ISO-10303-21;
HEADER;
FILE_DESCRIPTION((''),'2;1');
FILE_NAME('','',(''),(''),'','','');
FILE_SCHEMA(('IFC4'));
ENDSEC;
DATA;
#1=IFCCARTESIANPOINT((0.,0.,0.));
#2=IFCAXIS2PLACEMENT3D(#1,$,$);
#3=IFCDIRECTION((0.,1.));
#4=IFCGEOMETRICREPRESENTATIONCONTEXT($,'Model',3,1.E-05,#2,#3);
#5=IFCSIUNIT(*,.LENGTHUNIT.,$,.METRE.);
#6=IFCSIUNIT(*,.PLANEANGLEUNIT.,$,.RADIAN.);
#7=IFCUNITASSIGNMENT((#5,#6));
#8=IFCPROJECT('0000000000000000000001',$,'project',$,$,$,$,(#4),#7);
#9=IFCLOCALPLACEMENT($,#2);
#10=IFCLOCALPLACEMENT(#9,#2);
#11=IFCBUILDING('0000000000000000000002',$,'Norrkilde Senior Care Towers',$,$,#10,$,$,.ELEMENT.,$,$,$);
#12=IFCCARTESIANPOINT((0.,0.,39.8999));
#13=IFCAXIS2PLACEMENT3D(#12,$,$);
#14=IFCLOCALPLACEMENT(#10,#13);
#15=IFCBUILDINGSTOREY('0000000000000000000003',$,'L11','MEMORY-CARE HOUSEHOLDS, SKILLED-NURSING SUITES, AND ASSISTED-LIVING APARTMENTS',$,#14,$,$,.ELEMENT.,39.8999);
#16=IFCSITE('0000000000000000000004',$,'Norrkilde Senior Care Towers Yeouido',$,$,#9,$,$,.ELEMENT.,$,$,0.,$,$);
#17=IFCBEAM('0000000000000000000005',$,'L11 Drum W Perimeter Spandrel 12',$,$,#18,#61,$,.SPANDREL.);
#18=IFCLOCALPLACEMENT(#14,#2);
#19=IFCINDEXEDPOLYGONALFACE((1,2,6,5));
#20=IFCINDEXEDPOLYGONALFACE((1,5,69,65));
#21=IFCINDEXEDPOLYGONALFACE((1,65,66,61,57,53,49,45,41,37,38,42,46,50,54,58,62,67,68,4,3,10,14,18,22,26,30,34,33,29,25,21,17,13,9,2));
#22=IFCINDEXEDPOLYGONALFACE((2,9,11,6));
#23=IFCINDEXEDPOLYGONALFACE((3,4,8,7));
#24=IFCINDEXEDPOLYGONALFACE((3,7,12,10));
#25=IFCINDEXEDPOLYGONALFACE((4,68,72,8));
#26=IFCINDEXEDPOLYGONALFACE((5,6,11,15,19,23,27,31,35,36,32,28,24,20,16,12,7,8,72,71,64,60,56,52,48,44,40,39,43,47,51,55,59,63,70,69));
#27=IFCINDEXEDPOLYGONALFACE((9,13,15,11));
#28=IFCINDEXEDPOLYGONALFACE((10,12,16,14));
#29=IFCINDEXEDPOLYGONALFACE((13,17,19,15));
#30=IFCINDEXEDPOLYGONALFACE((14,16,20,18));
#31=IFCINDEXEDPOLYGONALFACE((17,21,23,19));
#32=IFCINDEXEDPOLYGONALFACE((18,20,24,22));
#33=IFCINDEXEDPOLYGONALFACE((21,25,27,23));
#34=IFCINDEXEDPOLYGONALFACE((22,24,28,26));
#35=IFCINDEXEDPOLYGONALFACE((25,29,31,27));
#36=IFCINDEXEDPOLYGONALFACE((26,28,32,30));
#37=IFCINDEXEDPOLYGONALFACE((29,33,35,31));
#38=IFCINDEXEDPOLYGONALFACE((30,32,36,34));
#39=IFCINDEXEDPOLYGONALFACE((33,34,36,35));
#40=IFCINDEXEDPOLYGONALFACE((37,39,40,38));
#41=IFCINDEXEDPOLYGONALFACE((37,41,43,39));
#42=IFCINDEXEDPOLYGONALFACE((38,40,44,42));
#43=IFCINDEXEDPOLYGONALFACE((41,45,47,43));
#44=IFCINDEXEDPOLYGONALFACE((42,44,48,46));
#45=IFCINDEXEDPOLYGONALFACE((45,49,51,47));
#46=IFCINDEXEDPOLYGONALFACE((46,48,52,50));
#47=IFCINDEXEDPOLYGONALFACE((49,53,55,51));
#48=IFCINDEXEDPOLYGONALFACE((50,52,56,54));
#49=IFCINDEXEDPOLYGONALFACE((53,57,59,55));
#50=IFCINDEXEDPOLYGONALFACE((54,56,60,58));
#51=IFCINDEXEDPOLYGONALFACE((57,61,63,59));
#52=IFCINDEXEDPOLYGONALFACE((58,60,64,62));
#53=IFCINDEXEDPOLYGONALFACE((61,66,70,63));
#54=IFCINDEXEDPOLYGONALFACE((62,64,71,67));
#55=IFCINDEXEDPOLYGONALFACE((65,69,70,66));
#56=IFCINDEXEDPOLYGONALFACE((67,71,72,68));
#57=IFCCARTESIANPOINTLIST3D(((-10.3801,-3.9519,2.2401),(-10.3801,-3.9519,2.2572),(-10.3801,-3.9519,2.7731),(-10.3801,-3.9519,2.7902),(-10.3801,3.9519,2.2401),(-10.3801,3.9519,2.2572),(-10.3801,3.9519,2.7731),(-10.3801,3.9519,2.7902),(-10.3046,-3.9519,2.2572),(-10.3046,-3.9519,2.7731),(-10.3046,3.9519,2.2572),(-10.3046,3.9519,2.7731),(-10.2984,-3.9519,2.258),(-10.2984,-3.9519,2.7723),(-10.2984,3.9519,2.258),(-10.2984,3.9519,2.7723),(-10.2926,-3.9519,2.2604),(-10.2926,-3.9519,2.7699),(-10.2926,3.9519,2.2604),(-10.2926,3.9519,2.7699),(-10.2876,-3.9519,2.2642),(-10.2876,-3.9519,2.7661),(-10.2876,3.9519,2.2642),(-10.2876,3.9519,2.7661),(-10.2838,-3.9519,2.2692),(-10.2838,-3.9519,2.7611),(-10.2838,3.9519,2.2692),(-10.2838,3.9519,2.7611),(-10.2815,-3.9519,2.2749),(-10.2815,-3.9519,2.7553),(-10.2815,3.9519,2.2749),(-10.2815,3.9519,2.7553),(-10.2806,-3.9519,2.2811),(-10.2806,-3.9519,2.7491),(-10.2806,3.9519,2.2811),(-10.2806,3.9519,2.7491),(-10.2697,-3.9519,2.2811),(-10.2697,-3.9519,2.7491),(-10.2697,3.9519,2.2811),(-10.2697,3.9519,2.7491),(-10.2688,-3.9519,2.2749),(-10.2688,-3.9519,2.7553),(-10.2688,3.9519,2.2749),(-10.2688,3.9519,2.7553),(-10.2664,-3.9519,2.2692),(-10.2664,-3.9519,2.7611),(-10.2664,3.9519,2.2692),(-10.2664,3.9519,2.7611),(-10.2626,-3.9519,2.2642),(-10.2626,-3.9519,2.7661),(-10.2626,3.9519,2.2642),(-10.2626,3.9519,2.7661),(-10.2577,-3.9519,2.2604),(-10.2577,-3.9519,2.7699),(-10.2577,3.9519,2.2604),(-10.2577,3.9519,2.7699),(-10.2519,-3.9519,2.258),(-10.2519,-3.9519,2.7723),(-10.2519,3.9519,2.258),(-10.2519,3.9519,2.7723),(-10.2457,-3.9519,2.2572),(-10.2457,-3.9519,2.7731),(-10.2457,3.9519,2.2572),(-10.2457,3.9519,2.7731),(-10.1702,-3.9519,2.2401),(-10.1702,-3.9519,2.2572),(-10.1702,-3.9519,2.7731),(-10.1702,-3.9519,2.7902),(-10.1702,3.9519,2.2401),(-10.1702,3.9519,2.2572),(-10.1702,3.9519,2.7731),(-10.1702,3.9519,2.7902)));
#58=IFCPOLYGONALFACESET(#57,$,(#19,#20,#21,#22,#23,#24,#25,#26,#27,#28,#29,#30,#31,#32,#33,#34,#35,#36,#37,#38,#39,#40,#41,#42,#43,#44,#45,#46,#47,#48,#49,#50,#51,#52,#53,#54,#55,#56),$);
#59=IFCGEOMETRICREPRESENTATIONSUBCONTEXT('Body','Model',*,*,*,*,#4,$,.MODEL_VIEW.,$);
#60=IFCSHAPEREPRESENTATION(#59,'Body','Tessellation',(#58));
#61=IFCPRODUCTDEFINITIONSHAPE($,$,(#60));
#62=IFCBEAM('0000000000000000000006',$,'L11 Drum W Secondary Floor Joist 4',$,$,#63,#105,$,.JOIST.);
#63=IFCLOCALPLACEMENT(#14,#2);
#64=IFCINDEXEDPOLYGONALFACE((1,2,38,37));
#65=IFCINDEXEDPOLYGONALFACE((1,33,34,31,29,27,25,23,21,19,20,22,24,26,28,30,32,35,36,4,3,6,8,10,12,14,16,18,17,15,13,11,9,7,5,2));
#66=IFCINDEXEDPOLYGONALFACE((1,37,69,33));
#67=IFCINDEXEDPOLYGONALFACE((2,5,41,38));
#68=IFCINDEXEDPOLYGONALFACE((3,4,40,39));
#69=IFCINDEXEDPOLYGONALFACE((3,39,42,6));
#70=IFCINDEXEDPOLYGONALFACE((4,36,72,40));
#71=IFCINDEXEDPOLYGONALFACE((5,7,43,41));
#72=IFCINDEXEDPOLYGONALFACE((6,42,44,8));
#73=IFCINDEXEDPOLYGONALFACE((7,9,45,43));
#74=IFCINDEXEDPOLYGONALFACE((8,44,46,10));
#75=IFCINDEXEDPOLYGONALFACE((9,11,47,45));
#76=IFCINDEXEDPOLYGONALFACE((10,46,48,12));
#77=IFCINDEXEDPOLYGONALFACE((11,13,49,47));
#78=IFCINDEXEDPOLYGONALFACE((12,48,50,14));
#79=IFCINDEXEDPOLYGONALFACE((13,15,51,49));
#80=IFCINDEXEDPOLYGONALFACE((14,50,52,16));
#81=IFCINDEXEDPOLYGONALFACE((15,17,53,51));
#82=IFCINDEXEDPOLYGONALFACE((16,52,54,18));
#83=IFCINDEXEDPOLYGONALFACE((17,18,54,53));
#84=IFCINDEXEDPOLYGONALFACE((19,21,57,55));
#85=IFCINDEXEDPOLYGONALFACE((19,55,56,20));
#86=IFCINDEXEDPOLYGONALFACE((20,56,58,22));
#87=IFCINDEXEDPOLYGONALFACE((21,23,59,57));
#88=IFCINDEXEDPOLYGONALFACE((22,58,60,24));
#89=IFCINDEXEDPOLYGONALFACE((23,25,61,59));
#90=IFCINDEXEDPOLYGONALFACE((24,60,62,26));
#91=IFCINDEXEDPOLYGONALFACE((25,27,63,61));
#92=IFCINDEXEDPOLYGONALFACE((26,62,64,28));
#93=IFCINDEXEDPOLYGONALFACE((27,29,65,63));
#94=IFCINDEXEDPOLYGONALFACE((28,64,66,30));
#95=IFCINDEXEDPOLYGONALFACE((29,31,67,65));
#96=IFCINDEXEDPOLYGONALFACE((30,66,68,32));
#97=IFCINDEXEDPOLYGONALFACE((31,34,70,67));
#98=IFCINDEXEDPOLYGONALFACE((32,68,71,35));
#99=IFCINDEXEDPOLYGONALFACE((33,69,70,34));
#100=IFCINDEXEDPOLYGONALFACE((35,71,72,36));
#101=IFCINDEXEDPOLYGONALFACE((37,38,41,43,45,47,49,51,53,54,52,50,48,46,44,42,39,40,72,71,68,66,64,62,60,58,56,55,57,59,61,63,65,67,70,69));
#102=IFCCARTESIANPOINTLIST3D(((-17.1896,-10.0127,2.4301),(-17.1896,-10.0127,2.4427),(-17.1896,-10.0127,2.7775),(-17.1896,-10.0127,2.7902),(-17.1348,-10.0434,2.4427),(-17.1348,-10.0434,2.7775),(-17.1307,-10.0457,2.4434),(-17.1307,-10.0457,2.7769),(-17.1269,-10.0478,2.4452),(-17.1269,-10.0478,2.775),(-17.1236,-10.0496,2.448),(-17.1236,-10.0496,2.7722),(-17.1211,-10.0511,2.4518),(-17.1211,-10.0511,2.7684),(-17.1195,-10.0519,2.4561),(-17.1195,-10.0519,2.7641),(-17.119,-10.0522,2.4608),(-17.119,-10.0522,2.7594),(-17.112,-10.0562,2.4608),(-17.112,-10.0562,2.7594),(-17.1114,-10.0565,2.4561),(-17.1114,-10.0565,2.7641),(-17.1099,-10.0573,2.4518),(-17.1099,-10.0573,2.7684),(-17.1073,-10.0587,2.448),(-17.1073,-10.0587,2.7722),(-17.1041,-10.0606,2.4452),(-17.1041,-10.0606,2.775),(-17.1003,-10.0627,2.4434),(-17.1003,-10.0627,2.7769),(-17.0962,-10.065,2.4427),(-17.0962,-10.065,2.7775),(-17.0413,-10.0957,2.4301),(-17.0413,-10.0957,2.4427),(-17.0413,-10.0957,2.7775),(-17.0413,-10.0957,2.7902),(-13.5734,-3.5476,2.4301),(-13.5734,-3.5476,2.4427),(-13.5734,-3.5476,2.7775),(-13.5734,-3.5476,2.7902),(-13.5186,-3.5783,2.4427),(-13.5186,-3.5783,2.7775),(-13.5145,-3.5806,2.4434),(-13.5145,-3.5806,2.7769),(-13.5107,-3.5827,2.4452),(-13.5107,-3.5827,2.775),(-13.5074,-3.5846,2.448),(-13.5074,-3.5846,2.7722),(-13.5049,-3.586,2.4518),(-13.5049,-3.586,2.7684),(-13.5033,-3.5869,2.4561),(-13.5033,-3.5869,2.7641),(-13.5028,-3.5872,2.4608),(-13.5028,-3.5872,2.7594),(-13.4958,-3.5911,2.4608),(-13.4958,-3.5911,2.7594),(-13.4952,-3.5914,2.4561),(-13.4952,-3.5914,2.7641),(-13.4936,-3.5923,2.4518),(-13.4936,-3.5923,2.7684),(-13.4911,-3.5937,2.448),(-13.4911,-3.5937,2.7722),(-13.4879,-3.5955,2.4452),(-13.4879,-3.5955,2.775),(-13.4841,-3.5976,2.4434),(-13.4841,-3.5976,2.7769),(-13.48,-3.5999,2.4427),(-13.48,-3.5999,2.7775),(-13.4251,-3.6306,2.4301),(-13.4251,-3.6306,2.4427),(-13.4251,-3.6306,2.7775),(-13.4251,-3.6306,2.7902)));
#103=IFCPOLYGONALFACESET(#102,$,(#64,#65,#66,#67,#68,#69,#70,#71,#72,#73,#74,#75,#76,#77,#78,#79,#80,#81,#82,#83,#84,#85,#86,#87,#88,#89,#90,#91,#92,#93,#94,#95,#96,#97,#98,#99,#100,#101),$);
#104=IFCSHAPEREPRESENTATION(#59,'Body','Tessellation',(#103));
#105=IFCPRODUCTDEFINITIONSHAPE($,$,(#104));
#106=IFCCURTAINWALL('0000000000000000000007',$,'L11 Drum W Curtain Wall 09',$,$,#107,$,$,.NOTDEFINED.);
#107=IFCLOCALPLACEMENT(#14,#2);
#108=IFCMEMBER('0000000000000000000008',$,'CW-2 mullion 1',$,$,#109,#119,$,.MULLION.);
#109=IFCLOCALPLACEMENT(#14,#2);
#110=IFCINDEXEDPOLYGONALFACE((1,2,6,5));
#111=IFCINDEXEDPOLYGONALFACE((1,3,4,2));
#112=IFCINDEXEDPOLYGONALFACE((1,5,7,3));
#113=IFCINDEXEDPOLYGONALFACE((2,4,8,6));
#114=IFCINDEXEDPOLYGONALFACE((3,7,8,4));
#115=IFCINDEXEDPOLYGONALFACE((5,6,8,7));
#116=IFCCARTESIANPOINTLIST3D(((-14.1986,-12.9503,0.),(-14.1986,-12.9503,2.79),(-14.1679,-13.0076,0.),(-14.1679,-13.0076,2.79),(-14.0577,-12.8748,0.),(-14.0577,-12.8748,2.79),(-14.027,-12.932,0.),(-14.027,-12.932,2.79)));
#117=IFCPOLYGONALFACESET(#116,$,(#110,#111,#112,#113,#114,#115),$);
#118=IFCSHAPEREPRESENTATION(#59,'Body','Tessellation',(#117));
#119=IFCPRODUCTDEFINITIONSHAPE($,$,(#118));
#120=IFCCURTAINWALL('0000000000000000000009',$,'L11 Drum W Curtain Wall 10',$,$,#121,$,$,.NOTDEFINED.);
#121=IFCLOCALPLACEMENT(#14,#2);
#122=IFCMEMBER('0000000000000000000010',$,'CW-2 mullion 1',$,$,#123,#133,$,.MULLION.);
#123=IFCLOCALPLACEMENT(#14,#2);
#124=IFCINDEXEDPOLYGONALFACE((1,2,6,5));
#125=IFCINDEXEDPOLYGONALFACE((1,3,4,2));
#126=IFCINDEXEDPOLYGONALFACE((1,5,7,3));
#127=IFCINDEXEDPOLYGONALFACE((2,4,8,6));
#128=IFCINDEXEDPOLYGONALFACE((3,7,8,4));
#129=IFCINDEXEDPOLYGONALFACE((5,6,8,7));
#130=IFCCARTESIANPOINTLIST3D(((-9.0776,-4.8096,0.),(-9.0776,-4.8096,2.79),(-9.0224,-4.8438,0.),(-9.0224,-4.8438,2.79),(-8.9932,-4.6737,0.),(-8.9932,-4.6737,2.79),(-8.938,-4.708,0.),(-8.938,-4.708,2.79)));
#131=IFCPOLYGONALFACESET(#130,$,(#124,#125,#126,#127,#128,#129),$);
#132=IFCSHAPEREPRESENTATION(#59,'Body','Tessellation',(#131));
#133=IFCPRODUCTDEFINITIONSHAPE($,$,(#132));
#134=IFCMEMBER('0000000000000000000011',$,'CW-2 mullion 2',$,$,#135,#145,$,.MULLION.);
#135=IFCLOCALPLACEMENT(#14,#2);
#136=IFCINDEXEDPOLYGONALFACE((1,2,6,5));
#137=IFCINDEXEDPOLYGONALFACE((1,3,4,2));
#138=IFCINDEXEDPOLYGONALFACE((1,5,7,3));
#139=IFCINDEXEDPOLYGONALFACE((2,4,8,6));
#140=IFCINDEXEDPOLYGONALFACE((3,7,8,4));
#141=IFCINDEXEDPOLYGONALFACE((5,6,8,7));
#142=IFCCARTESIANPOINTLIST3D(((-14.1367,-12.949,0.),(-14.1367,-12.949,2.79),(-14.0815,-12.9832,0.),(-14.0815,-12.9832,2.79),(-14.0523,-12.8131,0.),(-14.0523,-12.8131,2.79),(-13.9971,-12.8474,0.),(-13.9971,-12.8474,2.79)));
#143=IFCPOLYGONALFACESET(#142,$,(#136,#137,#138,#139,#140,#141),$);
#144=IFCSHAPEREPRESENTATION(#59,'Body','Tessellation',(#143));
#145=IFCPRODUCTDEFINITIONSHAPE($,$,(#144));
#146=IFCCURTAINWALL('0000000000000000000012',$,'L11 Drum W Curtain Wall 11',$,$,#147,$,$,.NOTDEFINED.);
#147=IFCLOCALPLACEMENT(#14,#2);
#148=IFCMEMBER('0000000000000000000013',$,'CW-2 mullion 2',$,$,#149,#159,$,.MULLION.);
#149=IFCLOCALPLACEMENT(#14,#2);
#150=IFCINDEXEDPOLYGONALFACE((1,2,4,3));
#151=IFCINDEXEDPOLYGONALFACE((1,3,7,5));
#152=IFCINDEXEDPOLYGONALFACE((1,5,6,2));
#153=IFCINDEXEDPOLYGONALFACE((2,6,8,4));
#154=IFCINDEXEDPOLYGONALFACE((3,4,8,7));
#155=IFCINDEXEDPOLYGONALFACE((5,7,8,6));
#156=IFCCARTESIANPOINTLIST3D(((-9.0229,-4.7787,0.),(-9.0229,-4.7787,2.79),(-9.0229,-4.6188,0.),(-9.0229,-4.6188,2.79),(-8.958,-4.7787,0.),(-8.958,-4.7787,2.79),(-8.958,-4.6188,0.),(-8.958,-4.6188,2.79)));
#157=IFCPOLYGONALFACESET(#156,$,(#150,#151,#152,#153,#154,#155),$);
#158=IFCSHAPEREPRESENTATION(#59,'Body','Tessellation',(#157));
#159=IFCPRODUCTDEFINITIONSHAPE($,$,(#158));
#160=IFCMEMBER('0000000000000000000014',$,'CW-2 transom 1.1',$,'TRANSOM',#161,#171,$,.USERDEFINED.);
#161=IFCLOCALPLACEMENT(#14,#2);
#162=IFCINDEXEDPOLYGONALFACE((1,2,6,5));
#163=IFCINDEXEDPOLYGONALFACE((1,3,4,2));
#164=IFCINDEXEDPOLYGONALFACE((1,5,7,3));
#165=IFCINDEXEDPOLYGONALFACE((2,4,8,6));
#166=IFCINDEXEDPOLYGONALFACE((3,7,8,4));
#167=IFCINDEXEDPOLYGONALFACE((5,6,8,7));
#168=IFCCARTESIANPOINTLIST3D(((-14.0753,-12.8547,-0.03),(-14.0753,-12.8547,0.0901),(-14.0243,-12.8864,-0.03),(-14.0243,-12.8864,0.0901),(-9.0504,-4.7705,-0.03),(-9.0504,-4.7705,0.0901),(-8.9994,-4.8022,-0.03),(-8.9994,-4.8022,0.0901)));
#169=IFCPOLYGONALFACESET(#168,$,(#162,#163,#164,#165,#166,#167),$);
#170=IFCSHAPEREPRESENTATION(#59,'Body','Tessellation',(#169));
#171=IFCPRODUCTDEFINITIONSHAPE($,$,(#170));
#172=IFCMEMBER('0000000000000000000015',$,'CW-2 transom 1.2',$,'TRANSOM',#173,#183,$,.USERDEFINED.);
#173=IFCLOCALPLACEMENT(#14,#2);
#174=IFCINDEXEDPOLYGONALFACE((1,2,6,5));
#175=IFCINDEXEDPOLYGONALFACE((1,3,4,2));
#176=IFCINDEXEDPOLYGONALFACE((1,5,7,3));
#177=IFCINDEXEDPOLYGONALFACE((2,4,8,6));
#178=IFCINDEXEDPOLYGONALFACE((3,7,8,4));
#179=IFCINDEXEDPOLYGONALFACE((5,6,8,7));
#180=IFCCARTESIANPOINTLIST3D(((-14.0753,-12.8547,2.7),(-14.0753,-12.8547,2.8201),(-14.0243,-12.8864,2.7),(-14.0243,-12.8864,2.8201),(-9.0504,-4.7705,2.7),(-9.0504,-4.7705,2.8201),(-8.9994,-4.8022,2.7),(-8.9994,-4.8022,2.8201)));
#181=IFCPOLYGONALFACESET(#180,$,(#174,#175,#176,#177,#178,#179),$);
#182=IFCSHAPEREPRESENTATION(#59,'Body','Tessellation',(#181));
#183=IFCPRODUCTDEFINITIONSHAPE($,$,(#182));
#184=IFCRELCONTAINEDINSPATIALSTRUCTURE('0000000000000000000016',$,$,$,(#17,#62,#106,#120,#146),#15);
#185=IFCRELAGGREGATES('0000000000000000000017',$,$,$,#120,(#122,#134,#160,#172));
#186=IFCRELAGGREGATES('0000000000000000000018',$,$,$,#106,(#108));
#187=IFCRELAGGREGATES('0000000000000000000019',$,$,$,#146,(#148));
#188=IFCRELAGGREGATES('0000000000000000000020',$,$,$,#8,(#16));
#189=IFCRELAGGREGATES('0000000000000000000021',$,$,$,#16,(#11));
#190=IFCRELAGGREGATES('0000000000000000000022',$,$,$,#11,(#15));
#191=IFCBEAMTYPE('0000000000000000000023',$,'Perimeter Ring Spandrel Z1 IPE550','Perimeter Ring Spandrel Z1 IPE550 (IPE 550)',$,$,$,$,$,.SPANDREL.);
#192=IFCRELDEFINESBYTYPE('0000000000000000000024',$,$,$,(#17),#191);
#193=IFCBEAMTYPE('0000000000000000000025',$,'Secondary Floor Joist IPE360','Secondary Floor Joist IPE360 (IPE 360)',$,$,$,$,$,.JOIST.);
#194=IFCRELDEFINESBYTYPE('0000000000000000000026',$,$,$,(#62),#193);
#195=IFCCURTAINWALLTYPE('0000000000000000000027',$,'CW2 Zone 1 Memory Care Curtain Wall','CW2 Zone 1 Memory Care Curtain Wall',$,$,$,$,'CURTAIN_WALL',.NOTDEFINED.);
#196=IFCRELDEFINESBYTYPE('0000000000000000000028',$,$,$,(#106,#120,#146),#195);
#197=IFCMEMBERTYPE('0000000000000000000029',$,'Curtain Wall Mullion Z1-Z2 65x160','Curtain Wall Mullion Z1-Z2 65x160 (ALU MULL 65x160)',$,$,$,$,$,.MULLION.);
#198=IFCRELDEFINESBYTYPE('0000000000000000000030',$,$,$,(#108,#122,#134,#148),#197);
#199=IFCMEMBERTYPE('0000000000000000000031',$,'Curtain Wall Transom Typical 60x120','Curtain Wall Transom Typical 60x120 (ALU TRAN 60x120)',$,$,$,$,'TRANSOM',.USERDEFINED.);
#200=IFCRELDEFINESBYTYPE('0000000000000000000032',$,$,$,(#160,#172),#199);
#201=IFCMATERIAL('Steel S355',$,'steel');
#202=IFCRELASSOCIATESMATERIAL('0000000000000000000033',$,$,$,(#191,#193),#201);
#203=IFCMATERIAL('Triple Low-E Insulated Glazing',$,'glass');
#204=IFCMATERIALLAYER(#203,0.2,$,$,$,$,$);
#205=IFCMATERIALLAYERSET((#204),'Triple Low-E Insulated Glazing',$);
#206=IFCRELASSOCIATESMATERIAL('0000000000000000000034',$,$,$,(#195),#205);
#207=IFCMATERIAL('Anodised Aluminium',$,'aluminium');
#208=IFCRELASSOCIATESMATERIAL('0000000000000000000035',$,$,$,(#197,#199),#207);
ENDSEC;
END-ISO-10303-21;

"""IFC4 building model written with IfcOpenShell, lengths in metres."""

from ifc_helpers import new_model, si_unit, direction, frame, origin, origin_2d, place, context, subcontext, project, spatial, rectangle, i_section, extrude, source, transform, mapped, material, layer, layer_set, material_profile, profile_set, type_object, type_shapes, element, aggregate, save


model = new_model("IFC4")

# Units and contexts
model_context = context("Model", 3, precision=1e-05, world=origin(), true_north=direction((0.0, 1.0)))
body_context = subcontext(model_context, "Body", "Model", "MODEL_VIEW")
ifc_project = project(units=[si_unit("LENGTHUNIT", "METRE"), si_unit("PLANEANGLEUNIT", "RADIAN")], contexts=[model_context])

# Site, building, storey
site_placement = place(None, origin())
site = spatial("IfcSite", under=ifc_project, at=site_placement, Name="Norrkilde Senior Care Towers Yeouido", CompositionType="ELEMENT", RefElevation=0.0)
building_placement = place(site_placement, origin())
building = spatial("IfcBuilding", under=site, at=building_placement, Name="Norrkilde Senior Care Towers", CompositionType="ELEMENT")
storey_placement = place(building_placement, frame((0.0, 0.0, 39.8999)))
storey = spatial("IfcBuildingStorey", under=building, at=storey_placement, Name="L11", Description="MEMORY-CARE HOUSEHOLDS, SKILLED-NURSING SUITES, AND ASSISTED-LIVING APARTMENTS", CompositionType="ELEMENT", Elevation=39.8999)

# Beams
ifc_material_1 = material(Name="Steel S355", Category="steel")
ifc_material_profile_1 = material_profile(ifc_material_1, i_section(OverallWidth=0.21, OverallDepth=0.55, WebThickness=0.011, FlangeThickness=0.0171, FilletRadius=0.0239, at=origin_2d()), Name="IPE 550")
ifc_profile_set_1 = profile_set([ifc_material_profile_1], Name="Steel S355")
beam_type_1 = type_object("IfcBeamType", Name="Perimeter Ring Spandrel Z1 IPE550", Description="Perimeter Ring Spandrel Z1 IPE550 (IPE 550)", PredefinedType="SPANDREL", material=ifc_profile_set_1)
shared_shape_1 = source(origin(), body_context, "Body", "SweptSolid", [
    extrude(i_section(OverallWidth=0.21, OverallDepth=0.55, WebThickness=0.011, FlangeThickness=0.0171, FilletRadius=0.0239, at=origin_2d()), origin(), (0.0, 0.0, 1.0), 7.9038),
])
beam_1_placement = place(storey_placement, frame((-10.2751, -3.9519, 2.5151), z_axis=(0.0, 1.0, 0.0), x_axis=(-1.0, 0.0, 0.0)))
element("IfcBeam", 1, at=beam_1_placement, inside=storey, type_object=beam_type_1, Name="L11 Drum W Perimeter Spandrel 12", PredefinedType="SPANDREL", context=body_context, shape_type="MappedRepresentation", body=[
    mapped(shared_shape_1, transform((0.0, 0.0, 0.0), x_axis=(1.0, 0.0, 0.0), y_axis=(0.0, 1.0, 0.0), z_axis=(0.0, 0.0, 1.0), scale=1.0)),
])
ifc_material_profile_2 = material_profile(ifc_material_1, i_section(OverallWidth=0.1699, OverallDepth=0.3601, WebThickness=0.0081, FlangeThickness=0.0127, FilletRadius=0.0181, at=origin_2d()), Name="IPE 360")
ifc_profile_set_2 = profile_set([ifc_material_profile_2], Name="Steel S355")
beam_type_2 = type_object("IfcBeamType", Name="Secondary Floor Joist IPE360", Description="Secondary Floor Joist IPE360 (IPE 360)", PredefinedType="JOIST", material=ifc_profile_set_2)
shared_shape_2 = source(origin(), body_context, "Body", "SweptSolid", [
    extrude(i_section(OverallWidth=0.1699, OverallDepth=0.3601, WebThickness=0.0081, FlangeThickness=0.0127, FilletRadius=0.0181, at=origin_2d()), origin(), (0.0, 0.0, 1.0), 7.4077),
])
type_shapes(beam_type_2, [shared_shape_2])
beam_2_placement = place(storey_placement, frame((-17.1155, -10.0542, 2.6101), z_axis=(0.488168, 0.87275, 0.0), x_axis=(-0.87275, 0.488168, 0.0)))
element("IfcBeam", 2, at=beam_2_placement, inside=storey, type_object=beam_type_2, Name="L11 Drum W Secondary Floor Joist 4", PredefinedType="JOIST", context=body_context, shape_type="MappedRepresentation", body=[
    mapped(shared_shape_2, transform((0.0, 0.0, 0.0), x_axis=(1.0, 0.0, 0.0), y_axis=(0.0, 1.0, 0.0), z_axis=(0.0, 0.0, 1.0), scale=1.0)),
])

# Curtain wall, member
ifc_material_2 = material(Name="Triple Low-E Insulated Glazing", Category="glass")
ifc_layer_1 = layer(ifc_material_2, 0.2)
ifc_layer_set_1 = layer_set([ifc_layer_1], Name="Triple Low-E Insulated Glazing")
curtain_wall_type = type_object("IfcCurtainWallType", Name="CW2 Zone 1 Memory Care Curtain Wall", Description="CW2 Zone 1 Memory Care Curtain Wall", ElementType="CURTAIN_WALL", PredefinedType="NOTDEFINED", material=ifc_layer_set_1)
curtain_wall_1_placement = place(storey_placement, origin())
curtain_wall_1 = element("IfcCurtainWall", 3, at=curtain_wall_1_placement, inside=storey, type_object=curtain_wall_type, Name="L11 Drum W Curtain Wall 09", PredefinedType="NOTDEFINED")
ifc_material_3 = material(Name="Anodised Aluminium", Category="aluminium")
ifc_material_profile_3 = material_profile(ifc_material_3, rectangle(XDim=0.0649, YDim=0.1599, at=origin_2d()), Name="ALU MULL 65x160")
ifc_profile_set_3 = profile_set([ifc_material_profile_3], Name="Anodised Aluminium")
member_type_1 = type_object("IfcMemberType", Name="Curtain Wall Mullion Z1-Z2 65x160", Description="Curtain Wall Mullion Z1-Z2 65x160 (ALU MULL 65x160)", PredefinedType="MULLION", material=ifc_profile_set_3)
shared_shape_3 = source(origin(), body_context, "Body", "SweptSolid", [
    extrude(rectangle(XDim=0.0649, YDim=0.1599, at=origin_2d()), origin(), (0.0, 0.0, 1.0), 2.79),
])
type_shapes(member_type_1, [shared_shape_3])
member_1_placement = place(storey_placement, frame((-14.1128, -12.9412, 0.0), z_axis=(0.0, 0.0, 1.0), x_axis=(0.472608, -0.881273, 0.0)))
member_1 = element("IfcMember", 4, at=member_1_placement, type_object=member_type_1, Name="CW-2 mullion 1", PredefinedType="MULLION", context=body_context, shape_type="MappedRepresentation", body=[
    mapped(shared_shape_3, transform((0.0, 0.0, 0.0), x_axis=(1.0, 0.0, 0.0), y_axis=(0.0, 1.0, 0.0), z_axis=(0.0, 0.0, 1.0), scale=1.0)),
])

# Curtain wall, members
curtain_wall_2_placement = place(storey_placement, origin())
curtain_wall_2 = element("IfcCurtainWall", 5, at=curtain_wall_2_placement, inside=storey, type_object=curtain_wall_type, Name="L11 Drum W Curtain Wall 10", PredefinedType="NOTDEFINED")
member_2_placement = place(storey_placement, frame((-9.0078, -4.7588, 0.0), z_axis=(0.0, 0.0, 1.0), x_axis=(0.849306, -0.527901, 0.0)))
member_2 = element("IfcMember", 6, at=member_2_placement, type_object=member_type_1, Name="CW-2 mullion 1", PredefinedType="MULLION", context=body_context, shape_type="MappedRepresentation", body=[
    mapped(shared_shape_3, transform((0.0, 0.0, 0.0), x_axis=(1.0, 0.0, 0.0), y_axis=(0.0, 1.0, 0.0), z_axis=(0.0, 0.0, 1.0), scale=1.0)),
])
member_3_placement = place(storey_placement, frame((-14.0669, -12.8982, 0.0), z_axis=(0.0, 0.0, 1.0), x_axis=(0.849306, -0.527901, 0.0)))
member_3 = element("IfcMember", 7, at=member_3_placement, type_object=member_type_1, Name="CW-2 mullion 2", PredefinedType="MULLION", context=body_context, shape_type="MappedRepresentation", body=[
    mapped(shared_shape_3, transform((0.0, 0.0, 0.0), x_axis=(1.0, 0.0, 0.0), y_axis=(0.0, 1.0, 0.0), z_axis=(0.0, 0.0, 1.0), scale=1.0)),
])

# Curtain wall, member
curtain_wall_3_placement = place(storey_placement, origin())
curtain_wall_3 = element("IfcCurtainWall", 8, at=curtain_wall_3_placement, inside=storey, type_object=curtain_wall_type, Name="L11 Drum W Curtain Wall 11", PredefinedType="NOTDEFINED")
member_4_placement = place(storey_placement, frame((-8.9905, -4.6987, 0.0), z_axis=(0.0, 0.0, 1.0), x_axis=(1.0, 0.0, 0.0)))
member_4 = element("IfcMember", 9, at=member_4_placement, type_object=member_type_1, Name="CW-2 mullion 2", PredefinedType="MULLION", context=body_context, shape_type="MappedRepresentation", body=[
    mapped(shared_shape_3, transform((0.0, 0.0, 0.0), x_axis=(1.0, 0.0, 0.0), y_axis=(0.0, 1.0, 0.0), z_axis=(0.0, 0.0, 1.0), scale=1.0)),
])

# Members
ifc_material_profile_4 = material_profile(ifc_material_3, rectangle(XDim=0.0601, YDim=0.1201, at=origin_2d()), Name="ALU TRAN 60x120")
ifc_profile_set_4 = profile_set([ifc_material_profile_4], Name="Anodised Aluminium")
member_type_2 = type_object("IfcMemberType", Name="Curtain Wall Transom Typical 60x120", Description="Curtain Wall Transom Typical 60x120 (ALU TRAN 60x120)", ElementType="TRANSOM", PredefinedType="USERDEFINED", material=ifc_profile_set_4)
shared_shape_4 = source(origin(), body_context, "Body", "SweptSolid", [
    extrude(rectangle(XDim=0.0601, YDim=0.1201, at=origin_2d()), origin(), (0.0, 0.0, 1.0), 9.5186),
])
member_5_placement = place(storey_placement, frame((-9.0249, -4.7864, 0.03), z_axis=(-0.527902, -0.849306, 0.0), x_axis=(0.849306, -0.527902, 0.0)))
member_5 = element("IfcMember", 10, at=member_5_placement, type_object=member_type_2, Name="CW-2 transom 1.1", ObjectType="TRANSOM", PredefinedType="USERDEFINED", context=body_context, shape_type="MappedRepresentation", body=[
    mapped(shared_shape_4, transform((0.0, 0.0, 0.0), x_axis=(1.0, 0.0, 0.0), y_axis=(0.0, 1.0, 0.0), z_axis=(0.0, 0.0, 1.0), scale=1.0)),
])
member_6_placement = place(storey_placement, frame((-9.0249, -4.7864, 2.76), z_axis=(-0.527902, -0.849306, 0.0), x_axis=(0.849306, -0.527902, 0.0)))
member_6 = element("IfcMember", 11, at=member_6_placement, type_object=member_type_2, Name="CW-2 transom 1.2", ObjectType="TRANSOM", PredefinedType="USERDEFINED", context=body_context, shape_type="MappedRepresentation", body=[
    mapped(shared_shape_4, transform((0.0, 0.0, 0.0), x_axis=(1.0, 0.0, 0.0), y_axis=(0.0, 1.0, 0.0), z_axis=(0.0, 0.0, 1.0), scale=1.0)),
])

aggregate(curtain_wall_2, [member_2, member_3, member_5, member_6])
aggregate(curtain_wall_1, [member_1])
aggregate(curtain_wall_3, [member_4])

save(model, "model.ifc")
